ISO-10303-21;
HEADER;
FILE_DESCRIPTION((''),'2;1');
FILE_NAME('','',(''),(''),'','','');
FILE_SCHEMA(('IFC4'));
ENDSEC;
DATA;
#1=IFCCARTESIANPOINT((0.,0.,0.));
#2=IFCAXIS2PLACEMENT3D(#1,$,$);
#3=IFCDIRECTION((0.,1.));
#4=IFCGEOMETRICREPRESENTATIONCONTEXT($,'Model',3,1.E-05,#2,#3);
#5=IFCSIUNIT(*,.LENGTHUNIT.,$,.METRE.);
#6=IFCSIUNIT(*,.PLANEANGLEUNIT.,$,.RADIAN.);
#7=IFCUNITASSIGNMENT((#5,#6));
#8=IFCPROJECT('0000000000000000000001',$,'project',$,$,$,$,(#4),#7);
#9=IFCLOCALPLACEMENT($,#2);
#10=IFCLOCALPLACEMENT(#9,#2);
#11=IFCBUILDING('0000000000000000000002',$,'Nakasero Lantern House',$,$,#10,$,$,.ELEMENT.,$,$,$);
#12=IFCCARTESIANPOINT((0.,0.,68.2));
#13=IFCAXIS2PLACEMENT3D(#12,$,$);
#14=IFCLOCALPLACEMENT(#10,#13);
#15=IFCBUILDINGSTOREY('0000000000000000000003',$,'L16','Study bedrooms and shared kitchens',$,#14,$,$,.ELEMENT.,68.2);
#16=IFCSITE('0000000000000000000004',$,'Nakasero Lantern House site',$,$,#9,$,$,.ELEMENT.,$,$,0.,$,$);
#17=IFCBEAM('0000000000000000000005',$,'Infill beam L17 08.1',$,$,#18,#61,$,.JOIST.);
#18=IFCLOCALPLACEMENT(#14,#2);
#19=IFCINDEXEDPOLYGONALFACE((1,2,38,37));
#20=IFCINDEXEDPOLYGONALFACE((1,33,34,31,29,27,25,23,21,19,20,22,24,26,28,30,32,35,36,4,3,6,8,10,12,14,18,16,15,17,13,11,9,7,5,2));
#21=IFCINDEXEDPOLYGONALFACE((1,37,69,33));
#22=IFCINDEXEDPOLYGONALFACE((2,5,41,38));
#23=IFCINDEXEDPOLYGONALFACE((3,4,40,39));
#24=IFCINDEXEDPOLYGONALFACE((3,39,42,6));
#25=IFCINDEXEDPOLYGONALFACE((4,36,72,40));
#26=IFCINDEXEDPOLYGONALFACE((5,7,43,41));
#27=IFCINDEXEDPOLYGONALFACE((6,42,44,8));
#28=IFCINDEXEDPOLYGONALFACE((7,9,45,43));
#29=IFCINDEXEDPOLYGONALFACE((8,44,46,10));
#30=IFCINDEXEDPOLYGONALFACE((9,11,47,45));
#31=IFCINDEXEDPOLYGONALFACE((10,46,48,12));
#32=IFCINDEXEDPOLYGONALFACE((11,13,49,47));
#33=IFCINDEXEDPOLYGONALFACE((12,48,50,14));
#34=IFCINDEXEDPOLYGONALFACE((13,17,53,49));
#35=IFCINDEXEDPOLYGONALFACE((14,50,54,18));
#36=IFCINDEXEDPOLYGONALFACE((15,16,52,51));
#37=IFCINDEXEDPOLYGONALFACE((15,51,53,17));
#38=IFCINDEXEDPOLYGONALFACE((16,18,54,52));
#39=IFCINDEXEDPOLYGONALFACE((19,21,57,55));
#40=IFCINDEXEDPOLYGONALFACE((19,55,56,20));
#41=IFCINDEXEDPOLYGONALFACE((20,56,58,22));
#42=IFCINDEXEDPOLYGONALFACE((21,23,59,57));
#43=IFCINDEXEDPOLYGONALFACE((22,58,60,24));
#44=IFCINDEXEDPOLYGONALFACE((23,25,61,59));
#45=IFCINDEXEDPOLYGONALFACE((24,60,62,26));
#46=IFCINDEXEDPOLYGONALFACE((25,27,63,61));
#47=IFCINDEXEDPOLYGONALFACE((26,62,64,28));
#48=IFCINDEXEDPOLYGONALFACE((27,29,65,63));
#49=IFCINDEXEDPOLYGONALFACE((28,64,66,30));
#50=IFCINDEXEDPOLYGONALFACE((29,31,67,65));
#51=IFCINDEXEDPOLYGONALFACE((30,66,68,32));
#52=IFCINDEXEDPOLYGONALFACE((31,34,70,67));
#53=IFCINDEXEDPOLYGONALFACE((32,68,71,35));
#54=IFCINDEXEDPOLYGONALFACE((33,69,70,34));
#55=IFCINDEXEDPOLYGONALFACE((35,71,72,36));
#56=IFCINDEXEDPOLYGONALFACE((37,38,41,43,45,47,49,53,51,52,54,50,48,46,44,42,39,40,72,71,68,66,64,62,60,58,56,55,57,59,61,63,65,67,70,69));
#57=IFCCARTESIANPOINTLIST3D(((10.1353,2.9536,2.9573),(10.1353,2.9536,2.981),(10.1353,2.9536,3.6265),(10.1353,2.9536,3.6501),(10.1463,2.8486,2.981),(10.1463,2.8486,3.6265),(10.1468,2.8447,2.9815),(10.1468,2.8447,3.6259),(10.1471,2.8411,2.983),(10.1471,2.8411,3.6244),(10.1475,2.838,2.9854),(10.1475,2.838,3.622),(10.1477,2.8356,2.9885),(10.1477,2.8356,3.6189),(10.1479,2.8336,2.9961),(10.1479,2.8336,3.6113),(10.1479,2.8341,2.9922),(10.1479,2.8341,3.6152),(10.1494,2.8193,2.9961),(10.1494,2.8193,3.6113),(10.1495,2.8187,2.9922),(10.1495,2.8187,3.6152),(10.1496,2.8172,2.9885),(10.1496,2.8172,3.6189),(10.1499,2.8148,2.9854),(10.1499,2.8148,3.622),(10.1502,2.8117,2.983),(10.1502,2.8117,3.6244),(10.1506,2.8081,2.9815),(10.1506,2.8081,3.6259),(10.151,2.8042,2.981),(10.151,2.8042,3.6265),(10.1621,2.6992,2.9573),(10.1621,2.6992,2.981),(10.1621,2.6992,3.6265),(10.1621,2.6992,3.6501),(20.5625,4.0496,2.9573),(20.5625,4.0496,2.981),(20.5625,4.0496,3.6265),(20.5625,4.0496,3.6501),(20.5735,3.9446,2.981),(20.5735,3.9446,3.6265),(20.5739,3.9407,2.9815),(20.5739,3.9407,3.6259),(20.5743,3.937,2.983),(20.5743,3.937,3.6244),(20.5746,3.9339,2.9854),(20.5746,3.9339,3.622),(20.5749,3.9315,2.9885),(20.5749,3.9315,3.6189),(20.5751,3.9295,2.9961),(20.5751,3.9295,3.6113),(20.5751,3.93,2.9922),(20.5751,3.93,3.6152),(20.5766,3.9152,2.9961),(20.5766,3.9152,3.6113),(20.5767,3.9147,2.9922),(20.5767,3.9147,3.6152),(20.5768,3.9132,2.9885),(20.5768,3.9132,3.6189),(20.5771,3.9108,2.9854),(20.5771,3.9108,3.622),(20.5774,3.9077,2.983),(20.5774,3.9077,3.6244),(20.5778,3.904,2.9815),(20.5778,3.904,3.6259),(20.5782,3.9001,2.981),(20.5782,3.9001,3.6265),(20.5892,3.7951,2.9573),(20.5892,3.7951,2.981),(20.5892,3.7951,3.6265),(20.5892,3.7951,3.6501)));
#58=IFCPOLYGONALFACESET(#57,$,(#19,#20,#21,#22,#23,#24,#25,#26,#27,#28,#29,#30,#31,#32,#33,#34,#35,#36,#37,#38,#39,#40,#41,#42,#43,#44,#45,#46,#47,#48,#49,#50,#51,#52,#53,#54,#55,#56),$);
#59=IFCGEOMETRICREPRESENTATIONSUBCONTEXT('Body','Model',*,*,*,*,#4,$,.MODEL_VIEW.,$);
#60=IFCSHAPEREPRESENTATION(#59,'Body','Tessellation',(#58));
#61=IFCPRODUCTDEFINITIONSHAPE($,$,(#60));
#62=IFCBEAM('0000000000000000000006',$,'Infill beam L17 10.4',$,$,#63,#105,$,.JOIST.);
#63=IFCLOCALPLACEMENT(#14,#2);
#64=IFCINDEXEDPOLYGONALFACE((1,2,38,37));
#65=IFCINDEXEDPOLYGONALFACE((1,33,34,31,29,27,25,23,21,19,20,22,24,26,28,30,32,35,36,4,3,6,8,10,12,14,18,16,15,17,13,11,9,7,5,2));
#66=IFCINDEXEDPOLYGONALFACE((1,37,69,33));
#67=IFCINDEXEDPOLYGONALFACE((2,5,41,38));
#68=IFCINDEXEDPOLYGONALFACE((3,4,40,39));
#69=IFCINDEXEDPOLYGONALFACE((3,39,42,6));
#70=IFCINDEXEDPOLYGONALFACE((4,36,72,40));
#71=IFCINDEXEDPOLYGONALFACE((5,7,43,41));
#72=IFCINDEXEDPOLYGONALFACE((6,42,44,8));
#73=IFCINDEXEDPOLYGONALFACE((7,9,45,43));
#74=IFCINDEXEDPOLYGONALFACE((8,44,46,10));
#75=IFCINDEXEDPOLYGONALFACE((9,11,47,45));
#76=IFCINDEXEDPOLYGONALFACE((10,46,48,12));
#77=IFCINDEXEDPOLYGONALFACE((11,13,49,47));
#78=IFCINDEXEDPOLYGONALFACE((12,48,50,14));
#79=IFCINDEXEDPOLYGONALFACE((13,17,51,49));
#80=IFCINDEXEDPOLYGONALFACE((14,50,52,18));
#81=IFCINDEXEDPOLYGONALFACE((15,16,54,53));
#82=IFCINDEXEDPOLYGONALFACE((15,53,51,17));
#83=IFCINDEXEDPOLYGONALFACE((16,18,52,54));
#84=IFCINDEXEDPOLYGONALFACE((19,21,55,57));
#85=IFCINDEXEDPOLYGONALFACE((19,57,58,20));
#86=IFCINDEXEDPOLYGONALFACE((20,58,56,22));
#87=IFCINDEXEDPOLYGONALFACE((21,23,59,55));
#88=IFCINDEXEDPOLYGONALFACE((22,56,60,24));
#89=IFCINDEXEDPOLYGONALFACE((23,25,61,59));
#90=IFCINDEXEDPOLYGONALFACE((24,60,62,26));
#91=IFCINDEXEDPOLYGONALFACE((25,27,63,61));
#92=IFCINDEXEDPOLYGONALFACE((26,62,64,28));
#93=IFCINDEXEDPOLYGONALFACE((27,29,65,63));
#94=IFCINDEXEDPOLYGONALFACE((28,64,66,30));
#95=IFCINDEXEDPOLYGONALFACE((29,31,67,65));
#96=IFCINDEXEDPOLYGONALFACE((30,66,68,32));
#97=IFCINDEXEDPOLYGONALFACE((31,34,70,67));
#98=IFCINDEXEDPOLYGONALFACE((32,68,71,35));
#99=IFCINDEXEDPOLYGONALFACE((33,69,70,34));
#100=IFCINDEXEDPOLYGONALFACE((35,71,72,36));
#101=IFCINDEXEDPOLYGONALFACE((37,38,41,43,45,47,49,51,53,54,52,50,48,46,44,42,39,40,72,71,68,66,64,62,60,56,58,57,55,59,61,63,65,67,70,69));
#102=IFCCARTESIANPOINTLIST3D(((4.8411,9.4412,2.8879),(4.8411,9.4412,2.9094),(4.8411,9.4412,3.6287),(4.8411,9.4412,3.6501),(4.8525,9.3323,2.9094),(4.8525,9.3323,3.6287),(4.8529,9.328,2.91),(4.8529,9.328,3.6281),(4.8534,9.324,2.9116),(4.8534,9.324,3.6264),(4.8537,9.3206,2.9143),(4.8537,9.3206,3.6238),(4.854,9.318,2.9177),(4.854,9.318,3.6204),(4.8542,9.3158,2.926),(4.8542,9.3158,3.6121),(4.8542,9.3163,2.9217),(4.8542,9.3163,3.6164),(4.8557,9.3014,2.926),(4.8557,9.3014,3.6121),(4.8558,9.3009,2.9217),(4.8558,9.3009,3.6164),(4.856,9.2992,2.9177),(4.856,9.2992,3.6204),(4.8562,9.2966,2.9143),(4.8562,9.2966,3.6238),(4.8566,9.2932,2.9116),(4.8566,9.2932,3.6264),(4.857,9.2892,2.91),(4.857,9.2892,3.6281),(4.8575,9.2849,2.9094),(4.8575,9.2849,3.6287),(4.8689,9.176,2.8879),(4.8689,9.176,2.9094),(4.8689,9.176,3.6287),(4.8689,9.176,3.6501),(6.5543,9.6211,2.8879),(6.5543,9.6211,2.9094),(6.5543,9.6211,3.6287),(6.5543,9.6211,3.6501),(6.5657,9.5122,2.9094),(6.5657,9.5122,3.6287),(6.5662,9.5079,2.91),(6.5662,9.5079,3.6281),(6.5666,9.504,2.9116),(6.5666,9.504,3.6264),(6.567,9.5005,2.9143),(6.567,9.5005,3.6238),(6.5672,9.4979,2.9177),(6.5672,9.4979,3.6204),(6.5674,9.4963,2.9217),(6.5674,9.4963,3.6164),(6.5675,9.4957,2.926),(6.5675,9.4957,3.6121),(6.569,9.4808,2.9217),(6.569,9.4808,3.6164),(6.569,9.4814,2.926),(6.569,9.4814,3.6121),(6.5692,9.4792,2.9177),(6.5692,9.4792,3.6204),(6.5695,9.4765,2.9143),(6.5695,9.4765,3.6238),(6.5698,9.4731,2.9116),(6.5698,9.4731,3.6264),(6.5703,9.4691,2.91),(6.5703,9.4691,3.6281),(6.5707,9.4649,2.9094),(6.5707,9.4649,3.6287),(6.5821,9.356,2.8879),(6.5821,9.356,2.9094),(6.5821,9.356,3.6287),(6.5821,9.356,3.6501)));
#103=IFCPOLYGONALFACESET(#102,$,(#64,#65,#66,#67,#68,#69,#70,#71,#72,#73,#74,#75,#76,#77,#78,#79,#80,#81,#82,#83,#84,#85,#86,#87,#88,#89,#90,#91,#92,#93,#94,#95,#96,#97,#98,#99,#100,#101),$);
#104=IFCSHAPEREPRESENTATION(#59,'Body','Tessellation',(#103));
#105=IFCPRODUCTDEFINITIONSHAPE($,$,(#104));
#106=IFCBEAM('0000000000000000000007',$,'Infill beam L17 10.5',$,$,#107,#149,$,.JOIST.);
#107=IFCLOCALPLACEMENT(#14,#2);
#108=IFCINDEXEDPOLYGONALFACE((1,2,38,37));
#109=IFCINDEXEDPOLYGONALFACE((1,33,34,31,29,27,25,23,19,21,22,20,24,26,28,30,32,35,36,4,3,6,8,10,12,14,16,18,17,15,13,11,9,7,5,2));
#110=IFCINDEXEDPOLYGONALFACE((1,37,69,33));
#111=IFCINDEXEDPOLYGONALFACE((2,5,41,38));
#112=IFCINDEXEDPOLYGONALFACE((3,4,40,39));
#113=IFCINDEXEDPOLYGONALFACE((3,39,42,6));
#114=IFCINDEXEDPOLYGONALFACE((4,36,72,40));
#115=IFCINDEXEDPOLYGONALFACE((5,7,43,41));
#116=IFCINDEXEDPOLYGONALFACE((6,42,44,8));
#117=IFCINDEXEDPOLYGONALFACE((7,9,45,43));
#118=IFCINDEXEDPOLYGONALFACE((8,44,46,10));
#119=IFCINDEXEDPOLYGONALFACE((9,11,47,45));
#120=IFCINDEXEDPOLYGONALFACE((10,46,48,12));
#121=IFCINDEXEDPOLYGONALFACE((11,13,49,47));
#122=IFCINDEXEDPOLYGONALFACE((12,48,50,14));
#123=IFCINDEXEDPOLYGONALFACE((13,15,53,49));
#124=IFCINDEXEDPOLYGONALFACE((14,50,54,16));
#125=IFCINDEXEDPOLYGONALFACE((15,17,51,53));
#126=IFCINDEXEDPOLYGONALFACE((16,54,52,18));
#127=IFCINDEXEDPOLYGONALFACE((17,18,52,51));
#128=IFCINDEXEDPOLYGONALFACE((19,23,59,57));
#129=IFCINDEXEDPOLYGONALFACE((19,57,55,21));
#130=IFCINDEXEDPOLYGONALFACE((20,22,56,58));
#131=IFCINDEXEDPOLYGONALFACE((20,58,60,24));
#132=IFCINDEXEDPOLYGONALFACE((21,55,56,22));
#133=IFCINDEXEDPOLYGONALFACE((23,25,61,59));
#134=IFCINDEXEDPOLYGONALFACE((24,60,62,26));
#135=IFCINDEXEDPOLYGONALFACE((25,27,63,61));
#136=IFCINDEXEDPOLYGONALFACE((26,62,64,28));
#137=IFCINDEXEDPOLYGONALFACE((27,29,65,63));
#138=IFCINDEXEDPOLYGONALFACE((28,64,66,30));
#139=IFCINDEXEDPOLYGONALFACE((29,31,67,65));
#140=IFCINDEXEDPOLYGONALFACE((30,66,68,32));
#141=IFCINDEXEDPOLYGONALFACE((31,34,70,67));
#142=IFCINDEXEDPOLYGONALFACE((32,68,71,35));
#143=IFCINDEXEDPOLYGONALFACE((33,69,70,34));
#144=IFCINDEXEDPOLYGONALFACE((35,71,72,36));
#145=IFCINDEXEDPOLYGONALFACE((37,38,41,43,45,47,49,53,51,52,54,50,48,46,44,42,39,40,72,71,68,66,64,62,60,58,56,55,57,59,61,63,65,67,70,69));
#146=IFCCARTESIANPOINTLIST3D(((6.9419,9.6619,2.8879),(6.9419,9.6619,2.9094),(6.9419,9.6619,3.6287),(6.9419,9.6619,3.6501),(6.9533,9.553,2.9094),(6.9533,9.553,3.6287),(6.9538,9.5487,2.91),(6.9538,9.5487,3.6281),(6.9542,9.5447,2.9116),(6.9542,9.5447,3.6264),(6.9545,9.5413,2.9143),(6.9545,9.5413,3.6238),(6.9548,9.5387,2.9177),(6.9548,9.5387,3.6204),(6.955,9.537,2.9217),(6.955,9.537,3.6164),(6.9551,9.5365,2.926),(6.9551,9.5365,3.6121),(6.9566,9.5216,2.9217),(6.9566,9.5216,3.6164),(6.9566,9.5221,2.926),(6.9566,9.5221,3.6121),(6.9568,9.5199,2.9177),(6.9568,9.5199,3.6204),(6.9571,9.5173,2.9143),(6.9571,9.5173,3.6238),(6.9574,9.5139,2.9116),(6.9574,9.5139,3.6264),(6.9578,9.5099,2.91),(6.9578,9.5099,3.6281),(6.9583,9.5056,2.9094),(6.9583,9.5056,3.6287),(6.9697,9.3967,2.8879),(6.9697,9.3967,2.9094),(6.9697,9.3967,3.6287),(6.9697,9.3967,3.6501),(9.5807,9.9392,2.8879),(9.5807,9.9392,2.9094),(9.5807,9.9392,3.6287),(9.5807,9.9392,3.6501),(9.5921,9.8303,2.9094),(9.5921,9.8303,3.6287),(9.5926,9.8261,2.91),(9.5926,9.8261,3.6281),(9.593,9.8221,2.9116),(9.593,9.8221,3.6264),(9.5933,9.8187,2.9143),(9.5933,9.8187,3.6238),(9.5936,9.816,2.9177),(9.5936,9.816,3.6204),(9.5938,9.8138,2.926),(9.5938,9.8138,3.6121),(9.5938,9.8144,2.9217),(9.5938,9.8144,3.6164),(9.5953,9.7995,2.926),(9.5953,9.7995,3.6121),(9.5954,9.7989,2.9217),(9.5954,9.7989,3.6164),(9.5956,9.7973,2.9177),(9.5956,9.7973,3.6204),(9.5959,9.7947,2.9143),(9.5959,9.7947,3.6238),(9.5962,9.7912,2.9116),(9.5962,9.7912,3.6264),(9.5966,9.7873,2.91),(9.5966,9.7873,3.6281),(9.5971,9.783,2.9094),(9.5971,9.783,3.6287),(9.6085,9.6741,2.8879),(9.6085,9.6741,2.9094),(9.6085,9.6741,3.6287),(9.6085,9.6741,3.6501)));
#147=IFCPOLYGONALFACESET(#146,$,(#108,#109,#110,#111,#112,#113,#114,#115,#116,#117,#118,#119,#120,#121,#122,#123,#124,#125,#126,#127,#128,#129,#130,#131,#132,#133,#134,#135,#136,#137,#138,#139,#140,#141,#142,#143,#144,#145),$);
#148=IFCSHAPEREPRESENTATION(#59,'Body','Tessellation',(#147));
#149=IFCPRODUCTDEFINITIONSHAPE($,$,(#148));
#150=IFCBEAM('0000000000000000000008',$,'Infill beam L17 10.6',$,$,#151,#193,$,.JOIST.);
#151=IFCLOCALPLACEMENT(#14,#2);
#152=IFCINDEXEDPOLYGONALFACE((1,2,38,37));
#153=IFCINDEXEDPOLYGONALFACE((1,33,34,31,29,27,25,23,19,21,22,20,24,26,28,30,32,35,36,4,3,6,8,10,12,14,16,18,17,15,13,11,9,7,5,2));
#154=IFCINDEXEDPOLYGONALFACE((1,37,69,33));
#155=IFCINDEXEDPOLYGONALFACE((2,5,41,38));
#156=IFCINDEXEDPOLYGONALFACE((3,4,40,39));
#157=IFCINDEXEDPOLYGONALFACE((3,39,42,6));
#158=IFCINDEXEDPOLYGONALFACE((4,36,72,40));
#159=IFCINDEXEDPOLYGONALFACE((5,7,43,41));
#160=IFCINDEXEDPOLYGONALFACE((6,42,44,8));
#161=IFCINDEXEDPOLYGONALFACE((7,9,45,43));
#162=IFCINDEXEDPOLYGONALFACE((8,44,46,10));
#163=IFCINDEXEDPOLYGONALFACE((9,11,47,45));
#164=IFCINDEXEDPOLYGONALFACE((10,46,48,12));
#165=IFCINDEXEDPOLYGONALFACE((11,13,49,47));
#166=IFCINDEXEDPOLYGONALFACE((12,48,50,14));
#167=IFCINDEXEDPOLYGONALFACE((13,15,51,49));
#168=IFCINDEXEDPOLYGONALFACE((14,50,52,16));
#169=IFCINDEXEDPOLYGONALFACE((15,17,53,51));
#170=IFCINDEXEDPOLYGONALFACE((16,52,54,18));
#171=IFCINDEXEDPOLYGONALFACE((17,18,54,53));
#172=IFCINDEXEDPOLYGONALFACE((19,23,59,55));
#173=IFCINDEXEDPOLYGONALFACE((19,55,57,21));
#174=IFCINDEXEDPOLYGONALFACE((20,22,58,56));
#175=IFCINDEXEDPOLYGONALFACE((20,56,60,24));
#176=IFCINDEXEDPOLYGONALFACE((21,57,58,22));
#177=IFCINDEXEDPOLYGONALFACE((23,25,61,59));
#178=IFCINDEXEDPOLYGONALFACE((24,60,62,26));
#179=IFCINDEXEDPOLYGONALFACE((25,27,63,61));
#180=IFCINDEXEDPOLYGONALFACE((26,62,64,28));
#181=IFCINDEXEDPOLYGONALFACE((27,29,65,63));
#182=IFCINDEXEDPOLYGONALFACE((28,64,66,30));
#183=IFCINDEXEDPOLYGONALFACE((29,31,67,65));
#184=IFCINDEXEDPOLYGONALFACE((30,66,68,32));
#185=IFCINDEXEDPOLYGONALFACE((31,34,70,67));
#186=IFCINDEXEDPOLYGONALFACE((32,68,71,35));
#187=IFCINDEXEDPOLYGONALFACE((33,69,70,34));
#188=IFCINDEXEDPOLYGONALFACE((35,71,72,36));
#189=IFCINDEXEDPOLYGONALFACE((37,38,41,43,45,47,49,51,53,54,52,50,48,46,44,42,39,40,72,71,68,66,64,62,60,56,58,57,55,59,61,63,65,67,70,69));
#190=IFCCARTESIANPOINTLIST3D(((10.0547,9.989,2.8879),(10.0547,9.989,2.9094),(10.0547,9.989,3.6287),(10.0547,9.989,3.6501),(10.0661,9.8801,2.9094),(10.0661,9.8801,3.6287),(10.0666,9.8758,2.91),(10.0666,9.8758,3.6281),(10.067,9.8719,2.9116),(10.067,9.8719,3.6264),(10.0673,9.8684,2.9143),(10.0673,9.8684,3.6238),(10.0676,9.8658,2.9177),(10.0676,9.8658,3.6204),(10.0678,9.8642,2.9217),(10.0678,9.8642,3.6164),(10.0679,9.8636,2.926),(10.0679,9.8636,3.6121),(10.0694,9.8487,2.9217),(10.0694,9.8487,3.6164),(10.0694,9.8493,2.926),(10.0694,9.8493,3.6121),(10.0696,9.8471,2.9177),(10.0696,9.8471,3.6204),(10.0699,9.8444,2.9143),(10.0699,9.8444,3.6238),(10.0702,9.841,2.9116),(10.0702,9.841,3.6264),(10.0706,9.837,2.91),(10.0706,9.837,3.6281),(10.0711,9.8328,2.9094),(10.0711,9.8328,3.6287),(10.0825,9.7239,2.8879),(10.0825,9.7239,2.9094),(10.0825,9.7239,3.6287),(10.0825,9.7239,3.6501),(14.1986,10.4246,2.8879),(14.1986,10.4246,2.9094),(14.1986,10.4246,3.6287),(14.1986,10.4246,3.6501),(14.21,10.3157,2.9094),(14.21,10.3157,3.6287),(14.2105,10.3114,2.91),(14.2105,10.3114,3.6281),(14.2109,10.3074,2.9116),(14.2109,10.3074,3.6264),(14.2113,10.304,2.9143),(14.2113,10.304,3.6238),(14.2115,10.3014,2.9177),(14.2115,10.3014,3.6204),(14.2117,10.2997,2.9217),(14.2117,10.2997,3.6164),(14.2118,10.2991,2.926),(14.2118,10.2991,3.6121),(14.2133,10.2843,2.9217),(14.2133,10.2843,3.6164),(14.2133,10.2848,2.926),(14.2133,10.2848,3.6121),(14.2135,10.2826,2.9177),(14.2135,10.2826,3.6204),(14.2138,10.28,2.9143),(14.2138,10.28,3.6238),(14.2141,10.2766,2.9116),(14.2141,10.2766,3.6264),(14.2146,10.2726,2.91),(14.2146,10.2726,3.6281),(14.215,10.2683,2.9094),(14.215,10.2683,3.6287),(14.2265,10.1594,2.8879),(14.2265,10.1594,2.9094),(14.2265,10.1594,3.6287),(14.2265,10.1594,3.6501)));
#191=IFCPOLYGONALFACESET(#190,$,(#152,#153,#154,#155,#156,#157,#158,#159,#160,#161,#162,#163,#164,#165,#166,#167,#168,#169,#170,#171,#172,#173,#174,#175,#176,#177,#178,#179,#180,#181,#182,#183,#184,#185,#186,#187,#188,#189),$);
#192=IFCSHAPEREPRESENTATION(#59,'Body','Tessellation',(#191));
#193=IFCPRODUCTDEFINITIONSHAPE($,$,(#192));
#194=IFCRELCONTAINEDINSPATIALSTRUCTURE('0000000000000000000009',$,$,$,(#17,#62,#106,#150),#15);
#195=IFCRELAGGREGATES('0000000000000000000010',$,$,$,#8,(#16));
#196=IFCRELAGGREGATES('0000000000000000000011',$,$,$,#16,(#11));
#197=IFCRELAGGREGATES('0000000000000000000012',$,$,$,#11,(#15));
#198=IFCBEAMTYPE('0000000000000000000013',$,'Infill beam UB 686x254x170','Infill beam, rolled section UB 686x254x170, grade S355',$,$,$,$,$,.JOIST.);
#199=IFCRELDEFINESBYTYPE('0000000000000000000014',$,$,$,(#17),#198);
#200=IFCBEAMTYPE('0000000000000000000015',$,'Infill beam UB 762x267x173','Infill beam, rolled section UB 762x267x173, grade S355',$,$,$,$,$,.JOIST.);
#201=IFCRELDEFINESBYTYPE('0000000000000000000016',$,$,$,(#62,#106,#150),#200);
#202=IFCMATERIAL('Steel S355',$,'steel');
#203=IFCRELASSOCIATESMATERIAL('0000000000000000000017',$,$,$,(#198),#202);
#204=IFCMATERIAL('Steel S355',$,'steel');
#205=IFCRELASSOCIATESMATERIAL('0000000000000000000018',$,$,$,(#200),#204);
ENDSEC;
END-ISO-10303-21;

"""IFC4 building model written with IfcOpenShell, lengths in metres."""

from ifc_helpers import new_model, si_unit, direction, frame, origin, origin_2d, place, context, subcontext, project, spatial, i_section, extrude, material, material_profile, profile_set, type_object, element, save


model = new_model("IFC4")

# Units and contexts
model_context = context("Model", 3, precision=1e-05, world=origin(), true_north=direction((0.0, 1.0)))
body_context = subcontext(model_context, "Body", "Model", "MODEL_VIEW")
ifc_project = project(units=[si_unit("LENGTHUNIT", "METRE"), si_unit("PLANEANGLEUNIT", "RADIAN")], contexts=[model_context])

# Site, building, storey
site_placement = place(None, origin())
site = spatial("IfcSite", under=ifc_project, at=site_placement, Name="Nakasero Lantern House site", CompositionType="ELEMENT", RefElevation=0.0)
building_placement = place(site_placement, origin())
building = spatial("IfcBuilding", under=site, at=building_placement, Name="Nakasero Lantern House", CompositionType="ELEMENT")
storey_placement = place(building_placement, frame((0.0, 0.0, 68.2)))
storey = spatial("IfcBuildingStorey", under=building, at=storey_placement, Name="L16", Description="Study bedrooms and shared kitchens", CompositionType="ELEMENT", Elevation=68.2)

# Beams
ifc_material_1 = material(Name="Steel S355", Category="steel")
ifc_material_profile_1 = material_profile(ifc_material_1, i_section(OverallWidth=0.2559, OverallDepth=0.6929, WebThickness=0.0144, FlangeThickness=0.0237, FilletRadius=0.0151, at=origin_2d()), Name="UB 686x254x170")
ifc_profile_set_1 = profile_set([ifc_material_profile_1], Name="Steel S355")
beam_type_1 = type_object("IfcBeamType", Name="Infill beam UB 686x254x170", Description="Infill beam, rolled section UB 686x254x170, grade S355", PredefinedType="JOIST", material=ifc_profile_set_1)
beam_1_placement = place(storey_placement, frame((10.1487, 2.8264, 3.3037), z_axis=(0.994522, 0.104528, 0.0), x_axis=(-0.104528, 0.994522, 0.0)))
element("IfcBeam", 1, at=beam_1_placement, inside=storey, type_object=beam_type_1, Name="Infill beam L17 08.1", PredefinedType="JOIST", context=body_context, shape_type="SweptSolid", body=[
    extrude(i_section(OverallWidth=0.2559, OverallDepth=0.6929, WebThickness=0.0144, FlangeThickness=0.0237, FilletRadius=0.0151, at=origin_2d()), origin(), (0.0, 0.0, 1.0), 10.4846),
])
ifc_material_2 = material(Name="Steel S355", Category="steel")
ifc_material_profile_2 = material_profile(ifc_material_2, i_section(OverallWidth=0.2666, OverallDepth=0.7622, WebThickness=0.0144, FlangeThickness=0.0215, FilletRadius=0.0166, at=origin_2d()), Name="UB 762x267x173")
ifc_profile_set_2 = profile_set([ifc_material_profile_2], Name="Steel S355")
beam_type_2 = type_object("IfcBeamType", Name="Infill beam UB 762x267x173", Description="Infill beam, rolled section UB 762x267x173, grade S355", PredefinedType="JOIST", material=ifc_profile_set_2)
beam_2_placement = place(storey_placement, frame((4.855, 9.3086, 3.269), z_axis=(0.99453, 0.104456, 0.0), x_axis=(-0.104456, 0.99453, 0.0)))
element("IfcBeam", 2, at=beam_2_placement, inside=storey, type_object=beam_type_2, Name="Infill beam L17 10.4", PredefinedType="JOIST", context=body_context, shape_type="SweptSolid", body=[
    extrude(i_section(OverallWidth=0.2666, OverallDepth=0.7622, WebThickness=0.0144, FlangeThickness=0.0215, FilletRadius=0.0166, at=origin_2d()), origin(), (0.0, 0.0, 1.0), 1.7227),
])
beam_3_placement = place(storey_placement, frame((6.9558, 9.5293, 3.269), z_axis=(0.994522, 0.104532, 0.0), x_axis=(-0.104532, 0.994522, 0.0)))
element("IfcBeam", 3, at=beam_3_placement, inside=storey, type_object=beam_type_2, Name="Infill beam L17 10.5", PredefinedType="JOIST", context=body_context, shape_type="SweptSolid", body=[
    extrude(i_section(OverallWidth=0.2666, OverallDepth=0.7622, WebThickness=0.0144, FlangeThickness=0.0215, FilletRadius=0.0166, at=origin_2d()), origin(), (0.0, 0.0, 1.0), 2.6533),
])
beam_4_placement = place(storey_placement, frame((10.0686, 9.8564, 3.269), z_axis=(0.994522, 0.104526, 0.0), x_axis=(-0.104526, 0.994522, 0.0)))
element("IfcBeam", 4, at=beam_4_placement, inside=storey, type_object=beam_type_2, Name="Infill beam L17 10.6", PredefinedType="JOIST", context=body_context, shape_type="SweptSolid", body=[
    extrude(i_section(OverallWidth=0.2666, OverallDepth=0.7622, WebThickness=0.0144, FlangeThickness=0.0215, FilletRadius=0.0166, at=origin_2d()), origin(), (0.0, 0.0, 1.0), 4.1667),
])

save(model, "model.ifc")
